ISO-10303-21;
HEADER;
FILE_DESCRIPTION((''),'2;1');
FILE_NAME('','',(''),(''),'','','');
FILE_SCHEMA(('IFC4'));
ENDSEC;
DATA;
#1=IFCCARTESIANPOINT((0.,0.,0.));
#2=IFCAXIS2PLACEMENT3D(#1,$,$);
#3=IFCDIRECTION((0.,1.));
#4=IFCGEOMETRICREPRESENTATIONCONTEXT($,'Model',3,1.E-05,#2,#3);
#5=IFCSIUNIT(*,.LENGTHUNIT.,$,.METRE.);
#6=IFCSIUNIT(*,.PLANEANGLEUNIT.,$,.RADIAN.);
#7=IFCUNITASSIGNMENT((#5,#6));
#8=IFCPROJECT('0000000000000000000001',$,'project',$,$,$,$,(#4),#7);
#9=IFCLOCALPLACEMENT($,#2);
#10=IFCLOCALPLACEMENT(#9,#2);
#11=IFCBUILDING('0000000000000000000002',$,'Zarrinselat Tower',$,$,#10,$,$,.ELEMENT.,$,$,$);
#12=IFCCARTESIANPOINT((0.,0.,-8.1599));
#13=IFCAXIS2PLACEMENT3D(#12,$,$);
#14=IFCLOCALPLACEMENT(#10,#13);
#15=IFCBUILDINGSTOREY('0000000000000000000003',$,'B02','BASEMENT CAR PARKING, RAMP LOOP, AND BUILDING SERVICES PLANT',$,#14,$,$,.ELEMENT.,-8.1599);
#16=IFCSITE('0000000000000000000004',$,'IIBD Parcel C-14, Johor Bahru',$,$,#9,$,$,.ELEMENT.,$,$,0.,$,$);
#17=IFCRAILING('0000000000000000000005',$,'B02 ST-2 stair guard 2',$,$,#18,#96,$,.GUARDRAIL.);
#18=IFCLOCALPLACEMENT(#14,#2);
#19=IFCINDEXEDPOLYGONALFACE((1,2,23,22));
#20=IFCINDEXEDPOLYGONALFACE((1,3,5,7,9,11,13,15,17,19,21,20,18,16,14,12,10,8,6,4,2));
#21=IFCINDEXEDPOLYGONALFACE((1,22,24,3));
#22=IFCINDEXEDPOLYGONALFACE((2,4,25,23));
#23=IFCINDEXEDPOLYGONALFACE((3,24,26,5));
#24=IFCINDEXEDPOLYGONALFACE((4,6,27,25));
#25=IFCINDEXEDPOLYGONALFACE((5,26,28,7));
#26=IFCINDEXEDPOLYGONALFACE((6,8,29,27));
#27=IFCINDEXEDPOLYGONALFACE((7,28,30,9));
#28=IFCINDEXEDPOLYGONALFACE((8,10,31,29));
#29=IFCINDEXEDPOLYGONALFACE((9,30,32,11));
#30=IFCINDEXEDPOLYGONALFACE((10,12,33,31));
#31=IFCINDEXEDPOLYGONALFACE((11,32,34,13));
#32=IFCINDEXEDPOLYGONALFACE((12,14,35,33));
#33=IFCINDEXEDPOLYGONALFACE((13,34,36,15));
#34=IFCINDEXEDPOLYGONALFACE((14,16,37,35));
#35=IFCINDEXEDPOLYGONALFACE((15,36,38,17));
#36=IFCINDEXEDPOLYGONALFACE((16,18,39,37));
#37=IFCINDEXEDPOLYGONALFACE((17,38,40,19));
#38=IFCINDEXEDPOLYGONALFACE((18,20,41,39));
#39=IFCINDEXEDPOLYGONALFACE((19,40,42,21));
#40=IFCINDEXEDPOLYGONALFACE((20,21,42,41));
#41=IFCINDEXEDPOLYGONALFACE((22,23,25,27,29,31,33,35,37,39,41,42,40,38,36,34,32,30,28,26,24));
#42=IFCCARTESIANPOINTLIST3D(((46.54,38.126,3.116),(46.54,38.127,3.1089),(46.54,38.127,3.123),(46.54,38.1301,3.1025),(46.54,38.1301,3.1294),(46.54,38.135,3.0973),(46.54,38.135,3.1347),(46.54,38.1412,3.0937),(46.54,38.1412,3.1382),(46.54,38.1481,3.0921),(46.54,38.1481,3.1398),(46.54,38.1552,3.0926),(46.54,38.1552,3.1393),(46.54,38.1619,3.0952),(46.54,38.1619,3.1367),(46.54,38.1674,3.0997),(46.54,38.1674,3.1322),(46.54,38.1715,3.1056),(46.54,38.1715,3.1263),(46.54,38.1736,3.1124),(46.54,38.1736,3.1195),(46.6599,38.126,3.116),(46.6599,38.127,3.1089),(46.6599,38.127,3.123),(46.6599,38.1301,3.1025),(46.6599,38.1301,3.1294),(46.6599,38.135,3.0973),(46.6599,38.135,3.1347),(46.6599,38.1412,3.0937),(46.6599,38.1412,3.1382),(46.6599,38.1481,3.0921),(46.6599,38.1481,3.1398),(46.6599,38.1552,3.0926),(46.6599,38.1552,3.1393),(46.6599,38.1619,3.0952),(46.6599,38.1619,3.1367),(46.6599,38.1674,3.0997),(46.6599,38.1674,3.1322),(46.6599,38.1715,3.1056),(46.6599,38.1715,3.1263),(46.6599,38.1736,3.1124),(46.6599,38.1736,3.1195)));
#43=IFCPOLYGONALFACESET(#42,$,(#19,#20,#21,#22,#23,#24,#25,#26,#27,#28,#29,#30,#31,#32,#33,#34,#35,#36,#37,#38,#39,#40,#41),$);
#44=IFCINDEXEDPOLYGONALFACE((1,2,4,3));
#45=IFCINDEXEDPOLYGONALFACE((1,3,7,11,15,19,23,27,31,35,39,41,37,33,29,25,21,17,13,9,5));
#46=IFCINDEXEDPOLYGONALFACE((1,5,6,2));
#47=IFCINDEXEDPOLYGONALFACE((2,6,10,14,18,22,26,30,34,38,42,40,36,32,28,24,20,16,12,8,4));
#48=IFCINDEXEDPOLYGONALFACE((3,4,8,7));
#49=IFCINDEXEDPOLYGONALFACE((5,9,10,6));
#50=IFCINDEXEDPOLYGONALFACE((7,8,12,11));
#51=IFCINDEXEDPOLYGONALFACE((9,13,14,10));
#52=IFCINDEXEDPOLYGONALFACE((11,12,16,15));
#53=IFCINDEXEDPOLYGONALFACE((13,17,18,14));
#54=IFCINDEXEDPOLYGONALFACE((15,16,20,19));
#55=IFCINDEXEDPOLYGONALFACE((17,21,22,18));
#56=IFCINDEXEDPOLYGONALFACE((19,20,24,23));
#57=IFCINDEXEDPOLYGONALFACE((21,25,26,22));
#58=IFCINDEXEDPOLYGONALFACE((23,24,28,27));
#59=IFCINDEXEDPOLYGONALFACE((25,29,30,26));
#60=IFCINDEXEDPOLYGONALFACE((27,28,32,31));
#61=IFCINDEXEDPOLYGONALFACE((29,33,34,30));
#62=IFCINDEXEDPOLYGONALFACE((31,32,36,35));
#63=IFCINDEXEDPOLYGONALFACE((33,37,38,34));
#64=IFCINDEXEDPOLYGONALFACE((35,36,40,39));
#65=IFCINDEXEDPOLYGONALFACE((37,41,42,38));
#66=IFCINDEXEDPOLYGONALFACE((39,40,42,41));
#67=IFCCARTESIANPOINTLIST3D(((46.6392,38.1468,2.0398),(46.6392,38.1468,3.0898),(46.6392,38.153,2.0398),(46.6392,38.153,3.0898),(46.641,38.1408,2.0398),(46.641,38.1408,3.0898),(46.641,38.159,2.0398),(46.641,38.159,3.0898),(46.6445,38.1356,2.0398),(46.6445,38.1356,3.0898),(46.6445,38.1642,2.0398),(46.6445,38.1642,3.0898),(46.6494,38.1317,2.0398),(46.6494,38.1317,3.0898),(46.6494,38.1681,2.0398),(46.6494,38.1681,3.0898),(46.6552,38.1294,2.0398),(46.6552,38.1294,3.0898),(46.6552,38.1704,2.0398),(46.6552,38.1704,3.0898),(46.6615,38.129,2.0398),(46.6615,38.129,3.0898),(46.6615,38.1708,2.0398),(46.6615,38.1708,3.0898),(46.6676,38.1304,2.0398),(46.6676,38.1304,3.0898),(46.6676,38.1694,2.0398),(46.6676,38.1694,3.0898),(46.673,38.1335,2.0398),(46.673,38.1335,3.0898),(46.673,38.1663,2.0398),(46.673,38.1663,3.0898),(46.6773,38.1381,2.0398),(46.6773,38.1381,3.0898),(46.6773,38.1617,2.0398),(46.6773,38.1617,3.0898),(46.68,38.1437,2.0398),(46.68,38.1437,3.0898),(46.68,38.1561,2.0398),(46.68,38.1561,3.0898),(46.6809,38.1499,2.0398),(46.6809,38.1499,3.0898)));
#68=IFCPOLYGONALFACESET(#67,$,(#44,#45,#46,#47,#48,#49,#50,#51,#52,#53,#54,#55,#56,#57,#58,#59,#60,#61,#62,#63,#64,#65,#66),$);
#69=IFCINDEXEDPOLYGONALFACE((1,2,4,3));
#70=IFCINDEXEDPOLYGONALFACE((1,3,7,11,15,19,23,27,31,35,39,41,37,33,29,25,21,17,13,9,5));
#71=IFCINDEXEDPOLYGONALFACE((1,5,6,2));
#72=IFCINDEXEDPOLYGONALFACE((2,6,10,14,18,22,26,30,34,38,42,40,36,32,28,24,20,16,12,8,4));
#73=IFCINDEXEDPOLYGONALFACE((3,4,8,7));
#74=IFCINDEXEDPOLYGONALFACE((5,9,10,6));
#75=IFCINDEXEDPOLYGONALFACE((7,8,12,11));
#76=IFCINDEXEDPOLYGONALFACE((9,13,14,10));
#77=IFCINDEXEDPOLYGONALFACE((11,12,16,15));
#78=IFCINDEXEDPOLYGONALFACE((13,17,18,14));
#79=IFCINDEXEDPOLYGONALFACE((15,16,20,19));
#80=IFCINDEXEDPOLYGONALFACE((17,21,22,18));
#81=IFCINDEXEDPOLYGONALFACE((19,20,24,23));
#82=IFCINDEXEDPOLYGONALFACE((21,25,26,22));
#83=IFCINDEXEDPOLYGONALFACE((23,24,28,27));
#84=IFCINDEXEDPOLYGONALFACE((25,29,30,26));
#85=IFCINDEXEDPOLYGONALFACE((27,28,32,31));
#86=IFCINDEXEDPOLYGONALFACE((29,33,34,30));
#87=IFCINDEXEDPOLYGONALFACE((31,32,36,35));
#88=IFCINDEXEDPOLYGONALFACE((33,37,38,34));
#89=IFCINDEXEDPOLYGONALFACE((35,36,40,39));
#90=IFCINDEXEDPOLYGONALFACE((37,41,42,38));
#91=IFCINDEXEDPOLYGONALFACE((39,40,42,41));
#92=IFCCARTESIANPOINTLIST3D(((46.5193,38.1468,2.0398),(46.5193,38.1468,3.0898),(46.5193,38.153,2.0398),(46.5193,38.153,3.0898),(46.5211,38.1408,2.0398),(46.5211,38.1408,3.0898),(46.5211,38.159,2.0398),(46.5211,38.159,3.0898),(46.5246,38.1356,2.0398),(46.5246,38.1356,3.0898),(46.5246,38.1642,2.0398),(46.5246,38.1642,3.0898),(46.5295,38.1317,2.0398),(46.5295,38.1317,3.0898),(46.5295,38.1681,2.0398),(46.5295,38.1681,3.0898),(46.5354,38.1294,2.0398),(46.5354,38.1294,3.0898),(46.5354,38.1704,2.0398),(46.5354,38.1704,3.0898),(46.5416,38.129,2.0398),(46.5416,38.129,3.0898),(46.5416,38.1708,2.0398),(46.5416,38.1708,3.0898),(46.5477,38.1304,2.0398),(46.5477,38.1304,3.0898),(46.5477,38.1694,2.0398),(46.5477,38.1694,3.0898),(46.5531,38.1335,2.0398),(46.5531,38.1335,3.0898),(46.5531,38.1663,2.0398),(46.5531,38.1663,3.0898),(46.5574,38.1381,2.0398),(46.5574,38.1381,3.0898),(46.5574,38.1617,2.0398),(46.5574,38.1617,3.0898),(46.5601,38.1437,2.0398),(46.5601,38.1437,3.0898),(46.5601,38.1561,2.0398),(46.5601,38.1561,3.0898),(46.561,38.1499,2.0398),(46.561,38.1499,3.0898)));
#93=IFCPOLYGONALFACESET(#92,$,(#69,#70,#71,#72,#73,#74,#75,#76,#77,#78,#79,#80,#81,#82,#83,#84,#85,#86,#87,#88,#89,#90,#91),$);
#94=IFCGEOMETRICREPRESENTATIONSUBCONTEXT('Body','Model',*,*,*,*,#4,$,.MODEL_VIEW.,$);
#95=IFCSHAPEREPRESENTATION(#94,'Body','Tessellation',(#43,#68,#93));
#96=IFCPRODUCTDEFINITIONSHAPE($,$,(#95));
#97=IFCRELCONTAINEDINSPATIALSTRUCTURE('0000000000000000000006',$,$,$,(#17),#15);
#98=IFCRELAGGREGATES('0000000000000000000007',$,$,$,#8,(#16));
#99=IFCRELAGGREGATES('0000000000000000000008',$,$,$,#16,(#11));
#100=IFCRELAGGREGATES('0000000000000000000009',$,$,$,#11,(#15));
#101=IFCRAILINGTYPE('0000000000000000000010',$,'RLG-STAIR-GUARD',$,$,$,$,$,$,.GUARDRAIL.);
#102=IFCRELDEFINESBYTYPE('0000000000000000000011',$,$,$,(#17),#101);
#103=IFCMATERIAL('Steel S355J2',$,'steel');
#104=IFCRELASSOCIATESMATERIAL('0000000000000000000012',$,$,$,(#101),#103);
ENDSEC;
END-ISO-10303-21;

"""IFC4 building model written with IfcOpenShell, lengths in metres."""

from ifc_helpers import new_model, si_unit, direction, frame, origin, origin_2d, place, context, subcontext, project, spatial, circle, extrude, material, type_object, element, save


model = new_model("IFC4")

# Units and contexts
model_context = context("Model", 3, precision=1e-05, world=origin(), true_north=direction((0.0, 1.0)))
body_context = subcontext(model_context, "Body", "Model", "MODEL_VIEW")
ifc_project = project(units=[si_unit("LENGTHUNIT", "METRE"), si_unit("PLANEANGLEUNIT", "RADIAN")], contexts=[model_context])

# Site, building, storey
site_placement = place(None, origin())
site = spatial("IfcSite", under=ifc_project, at=site_placement, Name="IIBD Parcel C-14, Johor Bahru", CompositionType="ELEMENT", RefElevation=0.0)
building_placement = place(site_placement, origin())
building = spatial("IfcBuilding", under=site, at=building_placement, Name="Zarrinselat Tower", CompositionType="ELEMENT")
storey_placement = place(building_placement, frame((0.0, 0.0, -8.1599)))
storey = spatial("IfcBuildingStorey", under=building, at=storey_placement, Name="B02", Description="BASEMENT CAR PARKING, RAMP LOOP, AND BUILDING SERVICES PLANT", CompositionType="ELEMENT", Elevation=-8.1599)

# Railing
ifc_material_1 = material(Name="Steel S355J2", Category="steel")
railing_type_1 = type_object("IfcRailingType", Name="RLG-STAIR-GUARD", PredefinedType="GUARDRAIL", material=ifc_material_1)
railing_1_placement = place(storey_placement, frame((46.6599, 38.1499, 2.0398)))
element("IfcRailing", 1, at=railing_1_placement, inside=storey, type_object=railing_type_1, Name="B02 ST-2 stair guard 2", PredefinedType="GUARDRAIL", context=body_context, shape_type="SweptSolid", body=[
    extrude(circle(Radius=0.0239, at=origin_2d()), frame((0.0, 0.0, 1.0762), z_axis=(-1.0, 0.0, 0.0), x_axis=(0.0, -1.0, 0.0)), (0.0, 0.0, 1.0), 0.1199),
    extrude(circle(Radius=0.021, at=origin_2d()), origin(), (0.0, 0.0, 1.0), 1.05),
    extrude(circle(Radius=0.021, at=origin_2d()), frame((-0.1199, 0.0, 0.0)), (0.0, 0.0, 1.0), 1.05),
])

save(model, "model.ifc")
